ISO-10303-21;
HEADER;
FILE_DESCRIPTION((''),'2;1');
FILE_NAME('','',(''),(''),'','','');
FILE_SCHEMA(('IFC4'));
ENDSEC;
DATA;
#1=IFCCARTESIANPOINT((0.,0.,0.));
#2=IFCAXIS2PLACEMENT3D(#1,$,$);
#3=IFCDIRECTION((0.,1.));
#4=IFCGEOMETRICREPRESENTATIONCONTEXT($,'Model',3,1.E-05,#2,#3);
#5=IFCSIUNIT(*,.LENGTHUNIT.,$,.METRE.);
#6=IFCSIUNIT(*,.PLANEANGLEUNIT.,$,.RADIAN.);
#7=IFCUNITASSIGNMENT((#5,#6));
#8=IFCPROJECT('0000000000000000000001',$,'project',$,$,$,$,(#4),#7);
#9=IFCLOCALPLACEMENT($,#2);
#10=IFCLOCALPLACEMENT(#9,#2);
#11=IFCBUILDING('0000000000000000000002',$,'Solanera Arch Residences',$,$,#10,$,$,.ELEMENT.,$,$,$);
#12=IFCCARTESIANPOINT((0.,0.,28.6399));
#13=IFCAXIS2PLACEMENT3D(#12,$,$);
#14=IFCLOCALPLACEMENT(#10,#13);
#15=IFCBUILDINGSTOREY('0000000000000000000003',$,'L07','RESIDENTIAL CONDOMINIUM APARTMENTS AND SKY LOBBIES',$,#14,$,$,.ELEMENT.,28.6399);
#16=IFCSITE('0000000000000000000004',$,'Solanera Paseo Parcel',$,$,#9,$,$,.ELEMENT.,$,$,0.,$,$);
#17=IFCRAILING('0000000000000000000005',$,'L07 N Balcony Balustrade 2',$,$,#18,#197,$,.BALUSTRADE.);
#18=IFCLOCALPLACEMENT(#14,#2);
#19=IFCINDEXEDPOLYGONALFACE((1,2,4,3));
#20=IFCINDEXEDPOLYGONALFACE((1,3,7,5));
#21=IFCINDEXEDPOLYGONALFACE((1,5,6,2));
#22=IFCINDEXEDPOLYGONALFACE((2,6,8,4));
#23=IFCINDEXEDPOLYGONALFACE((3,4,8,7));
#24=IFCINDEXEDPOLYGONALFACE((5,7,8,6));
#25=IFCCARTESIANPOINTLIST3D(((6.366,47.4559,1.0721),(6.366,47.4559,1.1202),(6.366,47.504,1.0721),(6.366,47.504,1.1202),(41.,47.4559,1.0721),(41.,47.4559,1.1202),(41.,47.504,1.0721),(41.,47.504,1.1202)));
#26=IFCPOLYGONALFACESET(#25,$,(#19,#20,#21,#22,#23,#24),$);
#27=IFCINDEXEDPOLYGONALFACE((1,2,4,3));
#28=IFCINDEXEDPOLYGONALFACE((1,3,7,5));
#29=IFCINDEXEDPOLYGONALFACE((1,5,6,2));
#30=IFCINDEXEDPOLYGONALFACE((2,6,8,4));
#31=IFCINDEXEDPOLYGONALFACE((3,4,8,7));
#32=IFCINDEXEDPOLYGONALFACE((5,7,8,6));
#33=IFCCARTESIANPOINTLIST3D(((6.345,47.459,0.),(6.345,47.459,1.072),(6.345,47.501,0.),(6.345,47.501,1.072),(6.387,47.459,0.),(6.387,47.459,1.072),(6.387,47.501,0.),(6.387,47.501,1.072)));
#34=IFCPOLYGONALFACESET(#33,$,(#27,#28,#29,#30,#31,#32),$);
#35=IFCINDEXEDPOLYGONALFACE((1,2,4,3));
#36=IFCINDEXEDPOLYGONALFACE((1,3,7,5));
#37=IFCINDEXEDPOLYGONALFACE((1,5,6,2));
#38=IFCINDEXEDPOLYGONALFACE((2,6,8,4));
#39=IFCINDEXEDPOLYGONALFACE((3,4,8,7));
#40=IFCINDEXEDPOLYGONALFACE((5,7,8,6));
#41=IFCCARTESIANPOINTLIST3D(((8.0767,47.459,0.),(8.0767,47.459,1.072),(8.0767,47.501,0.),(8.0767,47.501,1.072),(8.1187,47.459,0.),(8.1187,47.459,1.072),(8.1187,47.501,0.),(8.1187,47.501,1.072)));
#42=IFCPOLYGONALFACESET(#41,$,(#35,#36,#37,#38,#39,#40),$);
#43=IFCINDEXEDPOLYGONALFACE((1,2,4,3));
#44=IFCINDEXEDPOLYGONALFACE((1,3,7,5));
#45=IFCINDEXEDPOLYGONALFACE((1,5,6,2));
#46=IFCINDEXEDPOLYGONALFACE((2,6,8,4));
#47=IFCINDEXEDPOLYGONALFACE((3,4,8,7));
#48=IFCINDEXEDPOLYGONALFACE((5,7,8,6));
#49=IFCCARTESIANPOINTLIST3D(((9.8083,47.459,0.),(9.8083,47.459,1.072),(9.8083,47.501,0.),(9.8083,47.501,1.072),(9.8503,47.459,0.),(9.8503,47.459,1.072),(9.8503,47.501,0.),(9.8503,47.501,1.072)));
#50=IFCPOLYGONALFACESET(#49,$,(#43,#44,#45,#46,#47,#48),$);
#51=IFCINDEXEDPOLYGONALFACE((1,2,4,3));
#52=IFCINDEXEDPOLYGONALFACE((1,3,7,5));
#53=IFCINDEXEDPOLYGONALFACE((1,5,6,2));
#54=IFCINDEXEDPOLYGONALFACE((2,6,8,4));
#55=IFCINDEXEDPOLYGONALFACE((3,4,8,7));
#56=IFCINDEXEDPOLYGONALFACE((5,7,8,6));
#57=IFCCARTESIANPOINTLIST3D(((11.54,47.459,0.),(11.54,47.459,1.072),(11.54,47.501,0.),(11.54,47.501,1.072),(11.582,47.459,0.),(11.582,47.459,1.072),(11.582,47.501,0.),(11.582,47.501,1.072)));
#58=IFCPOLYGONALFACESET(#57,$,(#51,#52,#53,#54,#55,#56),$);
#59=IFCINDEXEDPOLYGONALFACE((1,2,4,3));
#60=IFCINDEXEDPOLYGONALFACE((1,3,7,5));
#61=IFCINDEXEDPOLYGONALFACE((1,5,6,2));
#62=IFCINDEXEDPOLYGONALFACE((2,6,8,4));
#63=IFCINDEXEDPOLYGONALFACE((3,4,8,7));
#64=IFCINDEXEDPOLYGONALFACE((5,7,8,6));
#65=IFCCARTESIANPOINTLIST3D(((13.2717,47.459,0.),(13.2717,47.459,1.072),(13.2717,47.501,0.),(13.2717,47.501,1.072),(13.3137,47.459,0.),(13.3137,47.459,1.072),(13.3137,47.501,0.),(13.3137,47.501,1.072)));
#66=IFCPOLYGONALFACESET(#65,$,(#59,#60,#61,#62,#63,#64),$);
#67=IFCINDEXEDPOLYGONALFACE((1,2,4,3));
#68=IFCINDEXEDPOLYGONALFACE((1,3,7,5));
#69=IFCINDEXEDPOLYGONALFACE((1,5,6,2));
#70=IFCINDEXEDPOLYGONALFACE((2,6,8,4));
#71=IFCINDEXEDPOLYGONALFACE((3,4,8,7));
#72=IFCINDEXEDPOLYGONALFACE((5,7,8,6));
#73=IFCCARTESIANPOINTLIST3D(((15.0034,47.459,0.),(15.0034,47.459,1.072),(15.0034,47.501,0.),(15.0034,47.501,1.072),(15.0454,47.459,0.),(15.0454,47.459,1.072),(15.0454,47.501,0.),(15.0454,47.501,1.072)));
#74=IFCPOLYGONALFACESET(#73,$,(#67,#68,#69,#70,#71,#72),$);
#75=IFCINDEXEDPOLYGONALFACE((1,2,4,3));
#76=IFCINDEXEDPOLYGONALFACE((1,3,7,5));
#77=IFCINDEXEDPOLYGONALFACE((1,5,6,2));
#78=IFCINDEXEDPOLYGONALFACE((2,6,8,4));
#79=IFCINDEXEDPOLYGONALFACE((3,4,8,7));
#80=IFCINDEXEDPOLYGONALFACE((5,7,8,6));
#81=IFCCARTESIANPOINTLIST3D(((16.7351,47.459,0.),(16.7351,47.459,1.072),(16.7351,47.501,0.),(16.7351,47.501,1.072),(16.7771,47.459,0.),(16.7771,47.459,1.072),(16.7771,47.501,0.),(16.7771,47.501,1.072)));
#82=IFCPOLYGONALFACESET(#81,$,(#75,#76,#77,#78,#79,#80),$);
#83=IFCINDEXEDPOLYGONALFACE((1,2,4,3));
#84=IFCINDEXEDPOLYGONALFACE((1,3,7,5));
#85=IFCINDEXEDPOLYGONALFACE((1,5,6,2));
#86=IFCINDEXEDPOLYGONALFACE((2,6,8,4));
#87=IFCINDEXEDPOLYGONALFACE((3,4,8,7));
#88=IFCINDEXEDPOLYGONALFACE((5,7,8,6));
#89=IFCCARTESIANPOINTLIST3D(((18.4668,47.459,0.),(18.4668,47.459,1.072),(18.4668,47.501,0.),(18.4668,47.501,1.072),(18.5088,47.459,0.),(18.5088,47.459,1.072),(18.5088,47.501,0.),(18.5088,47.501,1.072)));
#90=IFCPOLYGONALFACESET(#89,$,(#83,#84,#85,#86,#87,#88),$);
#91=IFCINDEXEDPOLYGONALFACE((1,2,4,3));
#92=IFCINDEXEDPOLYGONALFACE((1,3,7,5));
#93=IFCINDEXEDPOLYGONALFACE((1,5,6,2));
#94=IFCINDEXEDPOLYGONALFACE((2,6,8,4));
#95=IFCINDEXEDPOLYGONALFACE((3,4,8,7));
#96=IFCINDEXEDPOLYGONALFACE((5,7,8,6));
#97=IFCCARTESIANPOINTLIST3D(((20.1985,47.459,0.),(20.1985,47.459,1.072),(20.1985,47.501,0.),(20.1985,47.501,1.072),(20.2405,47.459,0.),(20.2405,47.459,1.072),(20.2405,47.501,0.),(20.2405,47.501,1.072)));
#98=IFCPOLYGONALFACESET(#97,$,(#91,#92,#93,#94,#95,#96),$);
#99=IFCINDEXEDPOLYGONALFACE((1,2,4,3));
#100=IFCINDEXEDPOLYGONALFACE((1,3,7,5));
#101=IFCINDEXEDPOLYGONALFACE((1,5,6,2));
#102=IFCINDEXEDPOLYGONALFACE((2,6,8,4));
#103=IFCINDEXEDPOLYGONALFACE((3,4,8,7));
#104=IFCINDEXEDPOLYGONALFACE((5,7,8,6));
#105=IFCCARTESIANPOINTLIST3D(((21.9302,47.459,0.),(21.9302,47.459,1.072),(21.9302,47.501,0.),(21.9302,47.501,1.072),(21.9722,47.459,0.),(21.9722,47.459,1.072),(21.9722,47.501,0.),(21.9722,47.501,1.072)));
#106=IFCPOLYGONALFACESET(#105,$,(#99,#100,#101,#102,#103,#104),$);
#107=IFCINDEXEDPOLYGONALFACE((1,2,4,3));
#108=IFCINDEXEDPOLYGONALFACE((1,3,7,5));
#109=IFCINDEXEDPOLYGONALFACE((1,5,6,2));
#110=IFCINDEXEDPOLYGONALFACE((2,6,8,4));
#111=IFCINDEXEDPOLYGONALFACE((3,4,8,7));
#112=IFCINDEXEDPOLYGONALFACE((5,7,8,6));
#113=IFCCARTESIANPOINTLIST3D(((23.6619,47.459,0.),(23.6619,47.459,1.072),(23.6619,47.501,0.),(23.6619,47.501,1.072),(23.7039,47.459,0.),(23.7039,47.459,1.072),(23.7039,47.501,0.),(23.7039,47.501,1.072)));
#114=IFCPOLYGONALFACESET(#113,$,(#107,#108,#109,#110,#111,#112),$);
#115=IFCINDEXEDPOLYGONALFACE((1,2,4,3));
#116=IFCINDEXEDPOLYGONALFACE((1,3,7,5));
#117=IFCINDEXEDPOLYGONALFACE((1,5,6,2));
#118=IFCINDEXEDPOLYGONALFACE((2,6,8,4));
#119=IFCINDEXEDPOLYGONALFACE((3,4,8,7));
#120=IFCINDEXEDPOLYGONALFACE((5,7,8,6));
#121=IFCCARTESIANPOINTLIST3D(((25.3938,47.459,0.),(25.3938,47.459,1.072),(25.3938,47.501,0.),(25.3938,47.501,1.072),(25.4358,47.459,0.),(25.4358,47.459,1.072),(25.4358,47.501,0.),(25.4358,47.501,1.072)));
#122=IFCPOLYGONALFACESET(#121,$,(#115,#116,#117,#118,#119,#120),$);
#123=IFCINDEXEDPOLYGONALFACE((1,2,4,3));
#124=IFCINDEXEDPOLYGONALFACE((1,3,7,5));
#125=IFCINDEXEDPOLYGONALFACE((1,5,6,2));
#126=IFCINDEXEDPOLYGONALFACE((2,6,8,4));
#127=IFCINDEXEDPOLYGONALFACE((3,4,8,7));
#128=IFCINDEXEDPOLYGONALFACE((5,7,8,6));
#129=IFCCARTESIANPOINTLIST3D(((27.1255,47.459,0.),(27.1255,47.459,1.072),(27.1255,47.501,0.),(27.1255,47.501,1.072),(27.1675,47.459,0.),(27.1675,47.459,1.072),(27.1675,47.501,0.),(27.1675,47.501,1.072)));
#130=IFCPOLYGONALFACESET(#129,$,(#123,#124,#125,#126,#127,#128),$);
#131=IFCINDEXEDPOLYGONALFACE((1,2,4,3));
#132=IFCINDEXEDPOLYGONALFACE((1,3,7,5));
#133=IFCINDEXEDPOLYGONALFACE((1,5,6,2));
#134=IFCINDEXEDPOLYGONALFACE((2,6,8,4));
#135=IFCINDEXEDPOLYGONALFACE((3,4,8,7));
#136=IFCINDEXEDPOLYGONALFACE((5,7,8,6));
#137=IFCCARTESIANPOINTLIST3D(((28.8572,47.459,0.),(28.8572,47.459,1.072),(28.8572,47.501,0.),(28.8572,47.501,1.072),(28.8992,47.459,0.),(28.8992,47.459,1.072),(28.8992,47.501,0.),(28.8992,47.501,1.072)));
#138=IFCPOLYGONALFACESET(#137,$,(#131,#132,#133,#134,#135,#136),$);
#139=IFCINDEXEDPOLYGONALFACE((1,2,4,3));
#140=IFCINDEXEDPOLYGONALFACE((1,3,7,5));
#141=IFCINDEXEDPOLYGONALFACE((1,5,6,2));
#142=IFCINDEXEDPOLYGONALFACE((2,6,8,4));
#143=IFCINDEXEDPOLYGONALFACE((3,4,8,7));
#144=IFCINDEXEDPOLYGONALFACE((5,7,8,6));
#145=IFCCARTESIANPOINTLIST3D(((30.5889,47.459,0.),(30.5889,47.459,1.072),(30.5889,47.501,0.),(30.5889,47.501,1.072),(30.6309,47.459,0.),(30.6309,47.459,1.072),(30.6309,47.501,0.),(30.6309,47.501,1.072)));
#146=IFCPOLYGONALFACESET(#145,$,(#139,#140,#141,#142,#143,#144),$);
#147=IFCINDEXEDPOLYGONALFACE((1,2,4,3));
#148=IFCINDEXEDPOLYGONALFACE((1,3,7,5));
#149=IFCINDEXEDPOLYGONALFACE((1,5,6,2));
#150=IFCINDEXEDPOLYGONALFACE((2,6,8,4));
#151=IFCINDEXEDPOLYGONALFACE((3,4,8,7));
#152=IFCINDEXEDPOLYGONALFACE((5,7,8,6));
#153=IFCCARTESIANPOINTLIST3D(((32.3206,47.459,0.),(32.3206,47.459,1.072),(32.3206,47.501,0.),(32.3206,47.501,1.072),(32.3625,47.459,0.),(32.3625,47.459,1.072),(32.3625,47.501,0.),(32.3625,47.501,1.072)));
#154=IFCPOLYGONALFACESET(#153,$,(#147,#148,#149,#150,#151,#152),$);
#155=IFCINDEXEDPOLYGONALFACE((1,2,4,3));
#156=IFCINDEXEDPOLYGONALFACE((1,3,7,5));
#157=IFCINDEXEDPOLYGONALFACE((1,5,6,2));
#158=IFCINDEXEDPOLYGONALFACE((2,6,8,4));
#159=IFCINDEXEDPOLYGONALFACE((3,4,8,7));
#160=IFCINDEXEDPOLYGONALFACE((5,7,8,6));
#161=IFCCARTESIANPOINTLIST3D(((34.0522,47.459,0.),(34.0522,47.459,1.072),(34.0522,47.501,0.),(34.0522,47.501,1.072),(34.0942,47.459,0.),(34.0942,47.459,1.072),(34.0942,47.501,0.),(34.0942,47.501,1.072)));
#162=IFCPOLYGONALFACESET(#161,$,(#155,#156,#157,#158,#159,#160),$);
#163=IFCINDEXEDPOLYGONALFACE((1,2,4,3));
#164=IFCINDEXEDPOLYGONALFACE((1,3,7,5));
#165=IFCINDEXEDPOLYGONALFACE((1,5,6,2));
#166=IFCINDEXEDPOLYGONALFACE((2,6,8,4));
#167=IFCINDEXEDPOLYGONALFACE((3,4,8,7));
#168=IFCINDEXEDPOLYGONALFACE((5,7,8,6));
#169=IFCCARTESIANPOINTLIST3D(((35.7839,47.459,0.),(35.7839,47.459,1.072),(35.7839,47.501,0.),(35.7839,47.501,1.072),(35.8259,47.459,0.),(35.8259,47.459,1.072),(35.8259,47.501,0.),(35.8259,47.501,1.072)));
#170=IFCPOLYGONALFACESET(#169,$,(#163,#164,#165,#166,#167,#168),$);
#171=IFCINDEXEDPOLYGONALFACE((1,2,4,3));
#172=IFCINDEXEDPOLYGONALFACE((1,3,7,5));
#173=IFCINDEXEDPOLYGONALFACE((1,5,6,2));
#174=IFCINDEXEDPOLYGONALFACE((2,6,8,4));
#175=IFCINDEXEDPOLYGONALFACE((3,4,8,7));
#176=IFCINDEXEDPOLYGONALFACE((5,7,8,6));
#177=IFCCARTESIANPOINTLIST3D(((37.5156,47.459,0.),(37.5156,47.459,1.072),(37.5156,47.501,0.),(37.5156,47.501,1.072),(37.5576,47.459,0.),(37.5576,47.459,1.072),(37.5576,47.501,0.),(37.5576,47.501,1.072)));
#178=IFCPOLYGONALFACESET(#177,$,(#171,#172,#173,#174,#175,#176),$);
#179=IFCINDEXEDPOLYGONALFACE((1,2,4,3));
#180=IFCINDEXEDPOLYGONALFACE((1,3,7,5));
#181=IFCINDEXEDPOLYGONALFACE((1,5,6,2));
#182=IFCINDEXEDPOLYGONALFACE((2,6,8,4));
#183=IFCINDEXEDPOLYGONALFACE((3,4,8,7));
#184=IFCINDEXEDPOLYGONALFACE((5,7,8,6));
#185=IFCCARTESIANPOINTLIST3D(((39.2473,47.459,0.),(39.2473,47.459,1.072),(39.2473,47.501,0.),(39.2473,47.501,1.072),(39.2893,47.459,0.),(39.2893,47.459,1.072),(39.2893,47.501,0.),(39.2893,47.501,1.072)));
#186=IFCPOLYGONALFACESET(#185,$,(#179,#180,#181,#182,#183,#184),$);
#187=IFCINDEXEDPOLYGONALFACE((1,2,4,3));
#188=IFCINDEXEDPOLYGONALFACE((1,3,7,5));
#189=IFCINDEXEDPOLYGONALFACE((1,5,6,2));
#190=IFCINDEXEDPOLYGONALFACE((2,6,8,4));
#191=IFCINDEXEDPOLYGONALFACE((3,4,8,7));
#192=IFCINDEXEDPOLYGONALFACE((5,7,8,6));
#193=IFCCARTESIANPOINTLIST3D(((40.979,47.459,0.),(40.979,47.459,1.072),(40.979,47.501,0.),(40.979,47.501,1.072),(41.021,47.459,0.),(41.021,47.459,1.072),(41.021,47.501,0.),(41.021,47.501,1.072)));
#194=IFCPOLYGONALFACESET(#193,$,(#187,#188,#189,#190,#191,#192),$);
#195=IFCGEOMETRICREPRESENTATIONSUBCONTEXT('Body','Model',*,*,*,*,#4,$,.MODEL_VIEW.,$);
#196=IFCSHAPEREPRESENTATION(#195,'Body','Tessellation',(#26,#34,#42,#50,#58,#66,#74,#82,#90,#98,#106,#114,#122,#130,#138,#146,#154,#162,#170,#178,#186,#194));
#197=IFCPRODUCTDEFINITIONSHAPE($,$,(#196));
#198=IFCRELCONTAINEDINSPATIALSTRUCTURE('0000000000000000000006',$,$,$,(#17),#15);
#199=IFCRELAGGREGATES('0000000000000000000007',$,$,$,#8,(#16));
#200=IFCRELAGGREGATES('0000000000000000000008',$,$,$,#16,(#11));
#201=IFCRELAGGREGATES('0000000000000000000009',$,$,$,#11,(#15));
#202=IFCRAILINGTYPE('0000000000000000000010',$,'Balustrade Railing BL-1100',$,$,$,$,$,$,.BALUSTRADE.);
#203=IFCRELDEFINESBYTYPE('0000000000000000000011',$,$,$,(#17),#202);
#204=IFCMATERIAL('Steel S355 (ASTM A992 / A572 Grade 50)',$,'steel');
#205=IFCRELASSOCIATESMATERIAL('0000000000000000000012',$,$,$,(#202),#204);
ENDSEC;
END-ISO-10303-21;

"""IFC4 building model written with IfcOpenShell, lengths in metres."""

from ifc_helpers import new_model, si_unit, direction, frame, origin, origin_2d, place, context, subcontext, project, spatial, rectangle, extrude, material, type_object, element, save


model = new_model("IFC4")

# Units and contexts
model_context = context("Model", 3, precision=1e-05, world=origin(), true_north=direction((0.0, 1.0)))
body_context = subcontext(model_context, "Body", "Model", "MODEL_VIEW")
ifc_project = project(units=[si_unit("LENGTHUNIT", "METRE"), si_unit("PLANEANGLEUNIT", "RADIAN")], contexts=[model_context])

# Site, building, storey
site_placement = place(None, origin())
site = spatial("IfcSite", under=ifc_project, at=site_placement, Name="Solanera Paseo Parcel", CompositionType="ELEMENT", RefElevation=0.0)
building_placement = place(site_placement, origin())
building = spatial("IfcBuilding", under=site, at=building_placement, Name="Solanera Arch Residences", CompositionType="ELEMENT")
storey_placement = place(building_placement, frame((0.0, 0.0, 28.6399)))
storey = spatial("IfcBuildingStorey", under=building, at=storey_placement, Name="L07", Description="RESIDENTIAL CONDOMINIUM APARTMENTS AND SKY LOBBIES", CompositionType="ELEMENT", Elevation=28.6399)

# Railing
ifc_material_1 = material(Name="Steel S355 (ASTM A992 / A572 Grade 50)", Category="steel")
railing_type = type_object("IfcRailingType", Name="Balustrade Railing BL-1100", PredefinedType="BALUSTRADE", material=ifc_material_1)
railing_placement = place(storey_placement, frame((6.366, 47.48, 0.0)))
element("IfcRailing", 1, at=railing_placement, inside=storey, type_object=railing_type, Name="L07 N Balcony Balustrade 2", PredefinedType="BALUSTRADE", context=body_context, shape_type="SweptSolid", body=[
    extrude(rectangle(XDim=0.0481, YDim=0.0481, at=origin_2d()), frame((0.0, 0.0, 1.0962), z_axis=(1.0, 0.0, 0.0), x_axis=(0.0, 1.0, 0.0)), (0.0, 0.0, 1.0), 34.634),
    extrude(rectangle(XDim=0.042, YDim=0.042, at=origin_2d()), origin(), (0.0, 0.0, 1.0), 1.072),
    extrude(rectangle(XDim=0.042, YDim=0.042, at=origin_2d()), frame((1.7317, 0.0, 0.0)), (0.0, 0.0, 1.0), 1.072),
    extrude(rectangle(XDim=0.042, YDim=0.042, at=origin_2d()), frame((3.4634, 0.0, 0.0)), (0.0, 0.0, 1.0), 1.072),
    extrude(rectangle(XDim=0.042, YDim=0.042, at=origin_2d()), frame((5.1951, 0.0, 0.0)), (0.0, 0.0, 1.0), 1.072),
    extrude(rectangle(XDim=0.042, YDim=0.042, at=origin_2d()), frame((6.9268, 0.0, 0.0)), (0.0, 0.0, 1.0), 1.072),
    extrude(rectangle(XDim=0.042, YDim=0.042, at=origin_2d()), frame((8.6584, 0.0, 0.0)), (0.0, 0.0, 1.0), 1.072),
    extrude(rectangle(XDim=0.042, YDim=0.042, at=origin_2d()), frame((10.3901, 0.0, 0.0)), (0.0, 0.0, 1.0), 1.072),
    extrude(rectangle(XDim=0.042, YDim=0.042, at=origin_2d()), frame((12.1218, 0.0, 0.0)), (0.0, 0.0, 1.0), 1.072),
    extrude(rectangle(XDim=0.042, YDim=0.042, at=origin_2d()), frame((13.8535, 0.0, 0.0)), (0.0, 0.0, 1.0), 1.072),
    extrude(rectangle(XDim=0.042, YDim=0.042, at=origin_2d()), frame((15.5852, 0.0, 0.0)), (0.0, 0.0, 1.0), 1.072),
    extrude(rectangle(XDim=0.042, YDim=0.042, at=origin_2d()), frame((17.3169, 0.0, 0.0)), (0.0, 0.0, 1.0), 1.072),
    extrude(rectangle(XDim=0.042, YDim=0.042, at=origin_2d()), frame((19.0488, 0.0, 0.0)), (0.0, 0.0, 1.0), 1.072),
    extrude(rectangle(XDim=0.042, YDim=0.042, at=origin_2d()), frame((20.7805, 0.0, 0.0)), (0.0, 0.0, 1.0), 1.072),
    extrude(rectangle(XDim=0.042, YDim=0.042, at=origin_2d()), frame((22.5122, 0.0, 0.0)), (0.0, 0.0, 1.0), 1.072),
    extrude(rectangle(XDim=0.042, YDim=0.042, at=origin_2d()), frame((24.2439, 0.0, 0.0)), (0.0, 0.0, 1.0), 1.072),
    extrude(rectangle(XDim=0.042, YDim=0.042, at=origin_2d()), frame((25.9756, 0.0, 0.0)), (0.0, 0.0, 1.0), 1.072),
    extrude(rectangle(XDim=0.042, YDim=0.042, at=origin_2d()), frame((27.7073, 0.0, 0.0)), (0.0, 0.0, 1.0), 1.072),
    extrude(rectangle(XDim=0.042, YDim=0.042, at=origin_2d()), frame((29.439, 0.0, 0.0)), (0.0, 0.0, 1.0), 1.072),
    extrude(rectangle(XDim=0.042, YDim=0.042, at=origin_2d()), frame((31.1707, 0.0, 0.0)), (0.0, 0.0, 1.0), 1.072),
    extrude(rectangle(XDim=0.042, YDim=0.042, at=origin_2d()), frame((32.9023, 0.0, 0.0)), (0.0, 0.0, 1.0), 1.072),
    extrude(rectangle(XDim=0.042, YDim=0.042, at=origin_2d()), frame((34.634, 0.0, 0.0)), (0.0, 0.0, 1.0), 1.072),
])

save(model, "model.ifc")
